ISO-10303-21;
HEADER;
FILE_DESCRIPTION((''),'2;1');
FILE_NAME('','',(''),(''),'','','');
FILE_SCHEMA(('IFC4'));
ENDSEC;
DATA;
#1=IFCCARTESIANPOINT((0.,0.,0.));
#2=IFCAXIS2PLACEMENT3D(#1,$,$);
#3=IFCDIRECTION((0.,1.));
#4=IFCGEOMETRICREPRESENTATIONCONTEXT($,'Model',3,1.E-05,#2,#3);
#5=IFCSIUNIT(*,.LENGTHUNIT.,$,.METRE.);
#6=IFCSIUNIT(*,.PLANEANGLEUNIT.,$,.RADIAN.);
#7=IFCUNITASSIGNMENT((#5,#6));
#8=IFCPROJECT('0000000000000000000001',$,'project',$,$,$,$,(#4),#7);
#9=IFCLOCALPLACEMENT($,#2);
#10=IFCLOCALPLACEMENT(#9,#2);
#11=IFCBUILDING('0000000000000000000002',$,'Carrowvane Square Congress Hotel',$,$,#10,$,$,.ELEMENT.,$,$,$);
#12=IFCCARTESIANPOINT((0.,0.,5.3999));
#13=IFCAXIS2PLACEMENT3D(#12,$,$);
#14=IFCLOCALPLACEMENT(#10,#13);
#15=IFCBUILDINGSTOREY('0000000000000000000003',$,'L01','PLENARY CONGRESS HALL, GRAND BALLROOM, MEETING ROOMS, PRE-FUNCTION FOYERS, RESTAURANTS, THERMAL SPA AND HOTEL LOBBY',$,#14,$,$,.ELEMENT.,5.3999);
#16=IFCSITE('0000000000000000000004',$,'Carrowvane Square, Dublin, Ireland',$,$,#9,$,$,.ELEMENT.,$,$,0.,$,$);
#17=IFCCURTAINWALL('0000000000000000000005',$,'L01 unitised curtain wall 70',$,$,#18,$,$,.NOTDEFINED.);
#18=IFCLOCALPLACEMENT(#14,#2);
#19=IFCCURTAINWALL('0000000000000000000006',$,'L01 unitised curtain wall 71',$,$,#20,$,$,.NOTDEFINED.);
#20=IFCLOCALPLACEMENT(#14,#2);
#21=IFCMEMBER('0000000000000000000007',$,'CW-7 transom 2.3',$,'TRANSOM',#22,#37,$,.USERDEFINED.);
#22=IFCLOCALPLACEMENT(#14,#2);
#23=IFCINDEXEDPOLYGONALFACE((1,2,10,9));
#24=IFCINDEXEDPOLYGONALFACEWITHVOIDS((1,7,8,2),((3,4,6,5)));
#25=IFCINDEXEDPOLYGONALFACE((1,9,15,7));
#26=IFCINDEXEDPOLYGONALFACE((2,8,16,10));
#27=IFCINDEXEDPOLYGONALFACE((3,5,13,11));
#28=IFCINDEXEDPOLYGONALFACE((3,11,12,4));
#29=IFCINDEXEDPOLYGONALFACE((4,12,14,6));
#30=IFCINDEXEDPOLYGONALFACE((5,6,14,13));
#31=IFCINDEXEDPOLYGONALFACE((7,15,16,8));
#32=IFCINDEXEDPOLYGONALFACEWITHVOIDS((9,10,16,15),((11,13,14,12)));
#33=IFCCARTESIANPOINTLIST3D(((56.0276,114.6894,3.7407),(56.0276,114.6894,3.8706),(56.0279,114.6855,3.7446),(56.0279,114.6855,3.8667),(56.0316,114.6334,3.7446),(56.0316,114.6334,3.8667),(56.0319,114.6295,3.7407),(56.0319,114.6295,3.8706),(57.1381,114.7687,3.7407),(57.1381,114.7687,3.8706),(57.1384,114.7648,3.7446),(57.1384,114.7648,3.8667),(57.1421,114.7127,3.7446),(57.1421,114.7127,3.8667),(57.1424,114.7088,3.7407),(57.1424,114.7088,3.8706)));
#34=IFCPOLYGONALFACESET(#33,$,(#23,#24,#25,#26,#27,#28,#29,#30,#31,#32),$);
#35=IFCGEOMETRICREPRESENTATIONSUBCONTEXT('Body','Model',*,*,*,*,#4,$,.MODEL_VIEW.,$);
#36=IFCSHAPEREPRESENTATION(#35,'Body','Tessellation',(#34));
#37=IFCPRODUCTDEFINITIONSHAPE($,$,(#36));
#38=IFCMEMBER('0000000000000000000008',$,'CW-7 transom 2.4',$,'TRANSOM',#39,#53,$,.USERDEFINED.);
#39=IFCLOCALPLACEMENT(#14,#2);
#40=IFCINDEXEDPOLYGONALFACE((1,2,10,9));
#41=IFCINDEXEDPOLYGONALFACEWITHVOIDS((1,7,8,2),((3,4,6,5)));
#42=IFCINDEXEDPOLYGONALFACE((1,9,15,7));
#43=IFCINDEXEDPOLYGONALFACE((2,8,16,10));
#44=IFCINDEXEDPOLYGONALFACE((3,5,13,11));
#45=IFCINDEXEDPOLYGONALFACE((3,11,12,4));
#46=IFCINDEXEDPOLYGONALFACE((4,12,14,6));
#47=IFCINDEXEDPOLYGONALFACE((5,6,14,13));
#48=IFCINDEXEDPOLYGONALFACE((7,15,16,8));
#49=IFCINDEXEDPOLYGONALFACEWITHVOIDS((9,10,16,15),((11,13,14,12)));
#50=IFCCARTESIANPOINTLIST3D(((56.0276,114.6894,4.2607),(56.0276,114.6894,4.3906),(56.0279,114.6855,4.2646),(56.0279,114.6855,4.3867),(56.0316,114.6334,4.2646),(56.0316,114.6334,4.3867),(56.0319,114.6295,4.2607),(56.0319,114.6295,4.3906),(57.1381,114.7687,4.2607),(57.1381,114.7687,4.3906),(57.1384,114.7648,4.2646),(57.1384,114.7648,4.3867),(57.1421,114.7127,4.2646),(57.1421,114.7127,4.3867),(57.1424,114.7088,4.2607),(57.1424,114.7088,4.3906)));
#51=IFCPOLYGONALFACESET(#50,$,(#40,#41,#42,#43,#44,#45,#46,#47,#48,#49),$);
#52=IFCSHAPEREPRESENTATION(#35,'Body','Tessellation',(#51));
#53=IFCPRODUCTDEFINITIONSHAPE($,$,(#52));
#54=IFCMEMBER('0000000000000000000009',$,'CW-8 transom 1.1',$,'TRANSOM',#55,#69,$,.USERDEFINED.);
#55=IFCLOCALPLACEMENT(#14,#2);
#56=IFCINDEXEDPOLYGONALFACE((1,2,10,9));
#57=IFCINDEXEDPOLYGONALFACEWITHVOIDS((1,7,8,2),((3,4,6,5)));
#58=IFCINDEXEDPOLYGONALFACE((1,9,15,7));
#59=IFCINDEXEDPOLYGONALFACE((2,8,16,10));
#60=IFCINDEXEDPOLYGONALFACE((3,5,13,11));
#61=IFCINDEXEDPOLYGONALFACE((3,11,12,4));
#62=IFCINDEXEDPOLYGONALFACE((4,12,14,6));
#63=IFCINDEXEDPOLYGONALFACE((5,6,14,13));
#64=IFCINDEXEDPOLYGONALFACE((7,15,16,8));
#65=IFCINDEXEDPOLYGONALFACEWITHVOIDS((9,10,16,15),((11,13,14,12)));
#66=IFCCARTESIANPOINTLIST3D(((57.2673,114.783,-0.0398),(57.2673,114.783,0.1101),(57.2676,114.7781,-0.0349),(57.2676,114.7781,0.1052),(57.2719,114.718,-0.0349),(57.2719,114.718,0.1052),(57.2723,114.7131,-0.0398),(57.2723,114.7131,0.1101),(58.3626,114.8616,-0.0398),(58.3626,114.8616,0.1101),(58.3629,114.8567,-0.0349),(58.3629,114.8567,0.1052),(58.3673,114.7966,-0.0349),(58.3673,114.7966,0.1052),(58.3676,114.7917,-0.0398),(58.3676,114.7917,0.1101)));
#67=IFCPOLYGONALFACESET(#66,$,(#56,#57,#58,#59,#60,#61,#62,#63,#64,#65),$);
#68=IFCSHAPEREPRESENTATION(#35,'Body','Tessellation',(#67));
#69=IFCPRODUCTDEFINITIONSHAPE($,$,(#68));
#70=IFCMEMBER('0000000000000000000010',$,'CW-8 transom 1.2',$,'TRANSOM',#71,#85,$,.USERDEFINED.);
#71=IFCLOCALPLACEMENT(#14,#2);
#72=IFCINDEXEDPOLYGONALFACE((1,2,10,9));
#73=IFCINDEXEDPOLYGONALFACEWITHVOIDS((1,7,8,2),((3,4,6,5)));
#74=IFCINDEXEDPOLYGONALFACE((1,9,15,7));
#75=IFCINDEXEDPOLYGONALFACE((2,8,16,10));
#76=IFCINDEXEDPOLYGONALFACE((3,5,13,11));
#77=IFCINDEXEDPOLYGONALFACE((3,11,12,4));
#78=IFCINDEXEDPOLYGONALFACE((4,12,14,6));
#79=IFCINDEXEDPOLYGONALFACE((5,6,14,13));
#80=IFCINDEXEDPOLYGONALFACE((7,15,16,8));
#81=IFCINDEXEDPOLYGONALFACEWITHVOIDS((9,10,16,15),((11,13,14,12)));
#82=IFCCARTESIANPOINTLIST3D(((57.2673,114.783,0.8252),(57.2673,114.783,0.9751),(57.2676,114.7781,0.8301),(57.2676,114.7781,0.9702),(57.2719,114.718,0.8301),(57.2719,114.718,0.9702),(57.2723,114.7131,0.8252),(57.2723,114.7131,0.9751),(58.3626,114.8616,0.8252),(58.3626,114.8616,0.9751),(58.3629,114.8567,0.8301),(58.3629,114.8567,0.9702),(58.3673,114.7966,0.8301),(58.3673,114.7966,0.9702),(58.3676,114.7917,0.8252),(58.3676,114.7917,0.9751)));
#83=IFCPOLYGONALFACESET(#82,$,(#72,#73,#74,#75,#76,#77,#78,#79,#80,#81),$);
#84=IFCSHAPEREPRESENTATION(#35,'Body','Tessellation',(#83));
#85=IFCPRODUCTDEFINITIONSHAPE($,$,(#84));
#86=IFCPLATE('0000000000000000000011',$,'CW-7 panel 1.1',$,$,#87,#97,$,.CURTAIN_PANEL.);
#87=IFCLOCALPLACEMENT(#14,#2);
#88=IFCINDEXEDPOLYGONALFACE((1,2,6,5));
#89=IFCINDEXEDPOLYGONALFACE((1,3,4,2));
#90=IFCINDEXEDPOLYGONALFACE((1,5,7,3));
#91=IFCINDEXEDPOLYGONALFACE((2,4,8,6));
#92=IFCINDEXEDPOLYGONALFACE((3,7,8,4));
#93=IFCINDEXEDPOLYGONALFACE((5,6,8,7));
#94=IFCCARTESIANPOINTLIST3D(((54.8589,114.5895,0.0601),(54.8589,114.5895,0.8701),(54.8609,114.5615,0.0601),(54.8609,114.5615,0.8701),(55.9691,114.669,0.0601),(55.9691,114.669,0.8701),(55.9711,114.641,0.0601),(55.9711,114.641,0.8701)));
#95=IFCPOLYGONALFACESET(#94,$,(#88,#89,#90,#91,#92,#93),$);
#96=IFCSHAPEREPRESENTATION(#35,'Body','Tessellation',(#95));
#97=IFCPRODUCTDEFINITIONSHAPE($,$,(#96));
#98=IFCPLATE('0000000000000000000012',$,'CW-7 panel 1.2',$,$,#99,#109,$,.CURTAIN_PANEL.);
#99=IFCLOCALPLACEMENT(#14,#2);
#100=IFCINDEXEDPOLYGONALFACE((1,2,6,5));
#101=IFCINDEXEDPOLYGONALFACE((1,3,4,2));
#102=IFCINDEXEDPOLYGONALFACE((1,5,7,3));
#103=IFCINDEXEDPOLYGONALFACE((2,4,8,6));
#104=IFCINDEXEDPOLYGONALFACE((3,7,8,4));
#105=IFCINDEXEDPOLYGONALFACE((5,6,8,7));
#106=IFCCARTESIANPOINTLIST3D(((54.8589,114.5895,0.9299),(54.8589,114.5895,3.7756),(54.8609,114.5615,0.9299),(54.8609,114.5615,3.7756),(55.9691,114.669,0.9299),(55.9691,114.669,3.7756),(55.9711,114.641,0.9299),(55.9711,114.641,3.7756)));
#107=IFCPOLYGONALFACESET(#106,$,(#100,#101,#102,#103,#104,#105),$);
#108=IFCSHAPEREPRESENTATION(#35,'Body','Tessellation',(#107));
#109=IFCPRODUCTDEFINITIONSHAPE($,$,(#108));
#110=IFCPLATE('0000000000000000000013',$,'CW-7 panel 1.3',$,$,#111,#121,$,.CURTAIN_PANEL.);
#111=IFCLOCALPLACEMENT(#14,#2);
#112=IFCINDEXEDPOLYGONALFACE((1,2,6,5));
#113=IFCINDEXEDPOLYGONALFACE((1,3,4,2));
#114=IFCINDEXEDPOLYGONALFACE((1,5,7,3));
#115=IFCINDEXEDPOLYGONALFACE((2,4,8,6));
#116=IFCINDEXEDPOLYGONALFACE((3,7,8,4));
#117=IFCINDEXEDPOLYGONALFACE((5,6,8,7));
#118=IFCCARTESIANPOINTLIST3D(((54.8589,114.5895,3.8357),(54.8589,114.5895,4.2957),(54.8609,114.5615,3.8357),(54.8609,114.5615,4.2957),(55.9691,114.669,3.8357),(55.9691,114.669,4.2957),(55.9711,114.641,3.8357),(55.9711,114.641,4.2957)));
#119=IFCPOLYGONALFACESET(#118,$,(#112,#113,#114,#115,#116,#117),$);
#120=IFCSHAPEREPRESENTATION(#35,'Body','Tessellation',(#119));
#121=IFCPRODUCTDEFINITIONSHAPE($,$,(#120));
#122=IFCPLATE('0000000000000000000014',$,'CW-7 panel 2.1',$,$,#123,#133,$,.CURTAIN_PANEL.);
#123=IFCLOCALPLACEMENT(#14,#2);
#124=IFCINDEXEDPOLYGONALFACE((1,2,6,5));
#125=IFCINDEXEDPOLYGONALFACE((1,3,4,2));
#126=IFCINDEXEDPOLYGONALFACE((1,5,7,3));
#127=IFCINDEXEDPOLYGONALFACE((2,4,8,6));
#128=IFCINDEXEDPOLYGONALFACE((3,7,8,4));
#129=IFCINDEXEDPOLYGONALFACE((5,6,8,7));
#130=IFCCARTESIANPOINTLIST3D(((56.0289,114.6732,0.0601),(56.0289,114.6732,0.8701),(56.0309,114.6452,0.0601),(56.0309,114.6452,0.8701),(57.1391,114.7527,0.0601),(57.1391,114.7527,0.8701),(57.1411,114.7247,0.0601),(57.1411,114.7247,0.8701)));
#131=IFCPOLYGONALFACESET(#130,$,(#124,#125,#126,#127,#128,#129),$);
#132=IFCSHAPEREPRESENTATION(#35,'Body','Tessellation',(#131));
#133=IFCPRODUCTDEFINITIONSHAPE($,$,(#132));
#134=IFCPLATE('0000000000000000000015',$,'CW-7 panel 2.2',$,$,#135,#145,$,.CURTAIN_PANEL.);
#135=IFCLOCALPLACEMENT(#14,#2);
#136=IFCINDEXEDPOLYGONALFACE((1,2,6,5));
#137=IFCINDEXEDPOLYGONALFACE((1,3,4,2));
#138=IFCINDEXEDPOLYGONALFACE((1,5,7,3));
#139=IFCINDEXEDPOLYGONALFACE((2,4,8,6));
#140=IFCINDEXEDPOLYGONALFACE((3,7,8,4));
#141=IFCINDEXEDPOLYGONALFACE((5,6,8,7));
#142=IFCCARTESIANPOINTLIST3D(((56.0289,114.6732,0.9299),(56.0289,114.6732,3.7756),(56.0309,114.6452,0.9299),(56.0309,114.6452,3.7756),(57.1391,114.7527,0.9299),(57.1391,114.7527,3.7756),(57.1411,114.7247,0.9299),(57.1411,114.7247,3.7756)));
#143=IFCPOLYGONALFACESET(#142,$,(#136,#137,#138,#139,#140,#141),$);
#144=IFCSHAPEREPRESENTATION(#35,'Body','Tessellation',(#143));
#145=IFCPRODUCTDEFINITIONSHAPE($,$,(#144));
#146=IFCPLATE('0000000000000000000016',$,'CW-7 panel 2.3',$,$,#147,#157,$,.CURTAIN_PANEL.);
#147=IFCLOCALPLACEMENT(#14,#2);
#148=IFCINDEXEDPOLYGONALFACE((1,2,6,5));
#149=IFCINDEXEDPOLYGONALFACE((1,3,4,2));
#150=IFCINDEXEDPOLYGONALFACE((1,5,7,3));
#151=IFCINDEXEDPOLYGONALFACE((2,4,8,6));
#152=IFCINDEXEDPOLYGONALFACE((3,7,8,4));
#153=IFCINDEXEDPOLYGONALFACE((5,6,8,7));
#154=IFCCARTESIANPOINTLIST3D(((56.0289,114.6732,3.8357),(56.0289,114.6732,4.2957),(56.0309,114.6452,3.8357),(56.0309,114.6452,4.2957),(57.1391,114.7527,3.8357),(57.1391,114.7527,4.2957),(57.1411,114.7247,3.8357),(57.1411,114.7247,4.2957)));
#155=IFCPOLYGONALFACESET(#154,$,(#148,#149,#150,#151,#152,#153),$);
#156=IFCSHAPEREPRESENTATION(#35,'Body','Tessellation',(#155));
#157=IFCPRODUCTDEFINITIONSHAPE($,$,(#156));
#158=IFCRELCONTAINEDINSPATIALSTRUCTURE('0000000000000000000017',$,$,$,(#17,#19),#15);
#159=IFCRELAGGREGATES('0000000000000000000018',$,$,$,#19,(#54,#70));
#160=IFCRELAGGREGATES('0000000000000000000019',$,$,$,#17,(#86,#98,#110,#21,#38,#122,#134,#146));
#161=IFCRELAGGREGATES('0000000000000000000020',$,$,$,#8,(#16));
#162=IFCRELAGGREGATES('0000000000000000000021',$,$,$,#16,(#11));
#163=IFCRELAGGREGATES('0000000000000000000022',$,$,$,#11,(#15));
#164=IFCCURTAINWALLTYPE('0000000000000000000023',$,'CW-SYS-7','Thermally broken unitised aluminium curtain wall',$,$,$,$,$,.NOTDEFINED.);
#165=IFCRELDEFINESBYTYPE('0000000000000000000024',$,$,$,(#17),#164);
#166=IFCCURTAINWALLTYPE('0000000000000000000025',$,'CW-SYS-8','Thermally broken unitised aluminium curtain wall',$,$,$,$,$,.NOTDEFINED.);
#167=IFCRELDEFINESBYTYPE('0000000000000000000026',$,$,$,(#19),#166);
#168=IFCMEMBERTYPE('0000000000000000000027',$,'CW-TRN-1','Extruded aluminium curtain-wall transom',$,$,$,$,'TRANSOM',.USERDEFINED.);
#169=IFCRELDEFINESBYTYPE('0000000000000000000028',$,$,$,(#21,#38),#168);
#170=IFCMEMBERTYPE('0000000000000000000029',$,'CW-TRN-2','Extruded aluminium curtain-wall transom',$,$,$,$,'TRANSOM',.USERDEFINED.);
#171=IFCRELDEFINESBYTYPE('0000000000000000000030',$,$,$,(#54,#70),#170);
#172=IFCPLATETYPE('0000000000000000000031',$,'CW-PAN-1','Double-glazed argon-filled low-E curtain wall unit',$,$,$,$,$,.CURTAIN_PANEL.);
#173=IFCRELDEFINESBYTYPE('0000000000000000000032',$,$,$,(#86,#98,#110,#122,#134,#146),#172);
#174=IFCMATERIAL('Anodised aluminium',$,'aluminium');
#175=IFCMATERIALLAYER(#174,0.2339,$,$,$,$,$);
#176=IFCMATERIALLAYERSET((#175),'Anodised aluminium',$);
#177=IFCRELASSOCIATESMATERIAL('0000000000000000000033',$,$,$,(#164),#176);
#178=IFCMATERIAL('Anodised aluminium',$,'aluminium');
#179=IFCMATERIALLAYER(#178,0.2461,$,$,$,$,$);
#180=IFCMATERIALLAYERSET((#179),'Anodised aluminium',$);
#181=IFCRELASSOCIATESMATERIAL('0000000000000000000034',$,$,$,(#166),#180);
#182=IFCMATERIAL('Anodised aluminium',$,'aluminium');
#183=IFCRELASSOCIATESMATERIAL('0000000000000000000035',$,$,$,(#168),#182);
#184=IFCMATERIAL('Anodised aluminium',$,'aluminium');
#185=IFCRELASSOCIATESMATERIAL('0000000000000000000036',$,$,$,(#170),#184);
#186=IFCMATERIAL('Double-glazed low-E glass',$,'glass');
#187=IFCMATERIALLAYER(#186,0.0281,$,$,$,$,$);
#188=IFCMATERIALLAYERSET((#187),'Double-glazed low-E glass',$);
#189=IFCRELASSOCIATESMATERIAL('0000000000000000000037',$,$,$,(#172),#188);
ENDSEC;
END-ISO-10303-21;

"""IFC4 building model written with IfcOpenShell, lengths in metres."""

from ifc_helpers import new_model, si_unit, direction, frame, origin, origin_2d, place, context, subcontext, project, spatial, rectangle, hollow_rectangle, extrude, material, layer, layer_set, material_profile, profile_set, type_object, element, aggregate, save


model = new_model("IFC4")

# Units and contexts
model_context = context("Model", 3, precision=1e-05, world=origin(), true_north=direction((0.0, 1.0)))
body_context = subcontext(model_context, "Body", "Model", "MODEL_VIEW")
ifc_project = project(units=[si_unit("LENGTHUNIT", "METRE"), si_unit("PLANEANGLEUNIT", "RADIAN")], contexts=[model_context])

# Site, building, storey
site_placement = place(None, origin())
site = spatial("IfcSite", under=ifc_project, at=site_placement, Name="Carrowvane Square, Dublin, Ireland", CompositionType="ELEMENT", RefElevation=0.0)
building_placement = place(site_placement, origin())
building = spatial("IfcBuilding", under=site, at=building_placement, Name="Carrowvane Square Congress Hotel", CompositionType="ELEMENT")
storey_placement = place(building_placement, frame((0.0, 0.0, 5.3999)))
storey = spatial("IfcBuildingStorey", under=building, at=storey_placement, Name="L01", Description="PLENARY CONGRESS HALL, GRAND BALLROOM, MEETING ROOMS, PRE-FUNCTION FOYERS, RESTAURANTS, THERMAL SPA AND HOTEL LOBBY", CompositionType="ELEMENT", Elevation=5.3999)

# Curtain wall
ifc_material_1 = material(Name="Anodised aluminium", Category="aluminium")
ifc_layer_1 = layer(ifc_material_1, 0.2339)
ifc_layer_set_1 = layer_set([ifc_layer_1], Name="Anodised aluminium")
curtain_wall_type_1 = type_object("IfcCurtainWallType", Name="CW-SYS-7", Description="Thermally broken unitised aluminium curtain wall", PredefinedType="NOTDEFINED", material=ifc_layer_set_1)
curtain_wall_1_placement = place(storey_placement, origin())
curtain_wall_1 = element("IfcCurtainWall", 1, at=curtain_wall_1_placement, inside=storey, type_object=curtain_wall_type_1, Name="L01 unitised curtain wall 70", PredefinedType="NOTDEFINED")

# Curtain wall
ifc_material_2 = material(Name="Anodised aluminium", Category="aluminium")
ifc_layer_2 = layer(ifc_material_2, 0.2461)
ifc_layer_set_2 = layer_set([ifc_layer_2], Name="Anodised aluminium")
curtain_wall_type_2 = type_object("IfcCurtainWallType", Name="CW-SYS-8", Description="Thermally broken unitised aluminium curtain wall", PredefinedType="NOTDEFINED", material=ifc_layer_set_2)
curtain_wall_2_placement = place(storey_placement, origin())
curtain_wall_2 = element("IfcCurtainWall", 2, at=curtain_wall_2_placement, inside=storey, type_object=curtain_wall_type_2, Name="L01 unitised curtain wall 71", PredefinedType="NOTDEFINED")

# Members
ifc_material_3 = material(Name="Anodised aluminium", Category="aluminium")
ifc_material_profile_1 = material_profile(ifc_material_3, hollow_rectangle(XDim=0.0601, YDim=0.1299, WallThickness=0.0039, at=origin_2d()), Name="CW-TR 60x130x4")
ifc_profile_set_1 = profile_set([ifc_material_profile_1], Name="Anodised aluminium")
member_type_1 = type_object("IfcMemberType", Name="CW-TRN-1", Description="Extruded aluminium curtain-wall transom", ElementType="TRANSOM", PredefinedType="USERDEFINED", material=ifc_profile_set_1)
member_1_placement = place(storey_placement, frame((56.0298, 114.6594, 3.8057), z_axis=(0.997456, 0.071278, 0.0), x_axis=(-0.071278, 0.997456, 0.0)))
member_1 = element("IfcMember", 3, at=member_1_placement, type_object=member_type_1, Name="CW-7 transom 2.3", ObjectType="TRANSOM", PredefinedType="USERDEFINED", context=body_context, shape_type="SweptSolid", body=[
    extrude(hollow_rectangle(XDim=0.0601, YDim=0.1299, WallThickness=0.0039, at=origin_2d()), origin(), (0.0, 0.0, 1.0), 1.1133),
])
member_2_placement = place(storey_placement, frame((56.0298, 114.6594, 4.3257), z_axis=(0.997456, 0.071278, 0.0), x_axis=(-0.071278, 0.997456, 0.0)))
member_2 = element("IfcMember", 4, at=member_2_placement, type_object=member_type_1, Name="CW-7 transom 2.4", ObjectType="TRANSOM", PredefinedType="USERDEFINED", context=body_context, shape_type="SweptSolid", body=[
    extrude(hollow_rectangle(XDim=0.0601, YDim=0.1299, WallThickness=0.0039, at=origin_2d()), origin(), (0.0, 0.0, 1.0), 1.1133),
])
ifc_material_4 = material(Name="Anodised aluminium", Category="aluminium")
ifc_material_profile_2 = material_profile(ifc_material_4, hollow_rectangle(XDim=0.0701, YDim=0.1499, WallThickness=0.0049, at=origin_2d()), Name="CW-TR 70x150x5")
ifc_profile_set_2 = profile_set([ifc_material_profile_2], Name="Anodised aluminium")
member_type_2 = type_object("IfcMemberType", Name="CW-TRN-2", Description="Extruded aluminium curtain-wall transom", ElementType="TRANSOM", PredefinedType="USERDEFINED", material=ifc_profile_set_2)
member_3_placement = place(storey_placement, frame((57.2698, 114.748, 0.0352), z_axis=(0.997434, 0.071595, 0.0), x_axis=(-0.071595, 0.997434, 0.0)))
member_3 = element("IfcMember", 5, at=member_3_placement, type_object=member_type_2, Name="CW-8 transom 1.1", ObjectType="TRANSOM", PredefinedType="USERDEFINED", context=body_context, shape_type="SweptSolid", body=[
    extrude(hollow_rectangle(XDim=0.0701, YDim=0.1499, WallThickness=0.0049, at=origin_2d()), origin(), (0.0, 0.0, 1.0), 1.0981),
])
member_4_placement = place(storey_placement, frame((57.2698, 114.748, 0.9001), z_axis=(0.997434, 0.071595, 0.0), x_axis=(-0.071595, 0.997434, 0.0)))
member_4 = element("IfcMember", 6, at=member_4_placement, type_object=member_type_2, Name="CW-8 transom 1.2", ObjectType="TRANSOM", PredefinedType="USERDEFINED", context=body_context, shape_type="SweptSolid", body=[
    extrude(hollow_rectangle(XDim=0.0701, YDim=0.1499, WallThickness=0.0049, at=origin_2d()), origin(), (0.0, 0.0, 1.0), 1.0981),
])
aggregate(curtain_wall_2, [member_3, member_4])

# Plates
ifc_material_5 = material(Name="Double-glazed low-E glass", Category="glass")
ifc_layer_3 = layer(ifc_material_5, 0.0281)
ifc_layer_set_3 = layer_set([ifc_layer_3], Name="Double-glazed low-E glass")
plate_type = type_object("IfcPlateType", Name="CW-PAN-1", Description="Double-glazed argon-filled low-E curtain wall unit", PredefinedType="CURTAIN_PANEL", material=ifc_layer_set_3)
plate_1_placement = place(storey_placement, frame((55.415, 114.6152, 0.0601), z_axis=(0.0, 0.0, 1.0), x_axis=(0.997446, 0.071418, 0.0)))
plate_1 = element("IfcPlate", 7, at=plate_1_placement, type_object=plate_type, Name="CW-7 panel 1.1", PredefinedType="CURTAIN_PANEL", context=body_context, shape_type="SweptSolid", body=[
    extrude(rectangle(XDim=1.113, YDim=0.0281, at=origin_2d()), origin(), (0.0, 0.0, 1.0), 0.8101),
])
plate_2_placement = place(storey_placement, frame((55.415, 114.6152, 0.9299), z_axis=(0.0, 0.0, 1.0), x_axis=(0.997446, 0.071418, 0.0)))
plate_2 = element("IfcPlate", 8, at=plate_2_placement, type_object=plate_type, Name="CW-7 panel 1.2", PredefinedType="CURTAIN_PANEL", context=body_context, shape_type="SweptSolid", body=[
    extrude(rectangle(XDim=1.113, YDim=0.0281, at=origin_2d()), origin(), (0.0, 0.0, 1.0), 2.8457),
])
plate_3_placement = place(storey_placement, frame((55.415, 114.6152, 3.8357), z_axis=(0.0, 0.0, 1.0), x_axis=(0.997446, 0.071418, 0.0)))
plate_3 = element("IfcPlate", 9, at=plate_3_placement, type_object=plate_type, Name="CW-7 panel 1.3", PredefinedType="CURTAIN_PANEL", context=body_context, shape_type="SweptSolid", body=[
    extrude(rectangle(XDim=1.113, YDim=0.0281, at=origin_2d()), origin(), (0.0, 0.0, 1.0), 0.46),
])
plate_4_placement = place(storey_placement, frame((56.585, 114.699, 0.0601), z_axis=(0.0, 0.0, 1.0), x_axis=(0.997446, 0.071418, 0.0)))
plate_4 = element("IfcPlate", 10, at=plate_4_placement, type_object=plate_type, Name="CW-7 panel 2.1", PredefinedType="CURTAIN_PANEL", context=body_context, shape_type="SweptSolid", body=[
    extrude(rectangle(XDim=1.113, YDim=0.0281, at=origin_2d()), origin(), (0.0, 0.0, 1.0), 0.8101),
])
plate_5_placement = place(storey_placement, frame((56.585, 114.699, 0.9299), z_axis=(0.0, 0.0, 1.0), x_axis=(0.997446, 0.071418, 0.0)))
plate_5 = element("IfcPlate", 11, at=plate_5_placement, type_object=plate_type, Name="CW-7 panel 2.2", PredefinedType="CURTAIN_PANEL", context=body_context, shape_type="SweptSolid", body=[
    extrude(rectangle(XDim=1.113, YDim=0.0281, at=origin_2d()), origin(), (0.0, 0.0, 1.0), 2.8457),
])
plate_6_placement = place(storey_placement, frame((56.585, 114.699, 3.8357), z_axis=(0.0, 0.0, 1.0), x_axis=(0.997446, 0.071418, 0.0)))
plate_6 = element("IfcPlate", 12, at=plate_6_placement, type_object=plate_type, Name="CW-7 panel 2.3", PredefinedType="CURTAIN_PANEL", context=body_context, shape_type="SweptSolid", body=[
    extrude(rectangle(XDim=1.113, YDim=0.0281, at=origin_2d()), origin(), (0.0, 0.0, 1.0), 0.46),
])
aggregate(curtain_wall_1, [plate_1, plate_2, plate_3, member_1, member_2, plate_4, plate_5, plate_6])

save(model, "model.ifc")
